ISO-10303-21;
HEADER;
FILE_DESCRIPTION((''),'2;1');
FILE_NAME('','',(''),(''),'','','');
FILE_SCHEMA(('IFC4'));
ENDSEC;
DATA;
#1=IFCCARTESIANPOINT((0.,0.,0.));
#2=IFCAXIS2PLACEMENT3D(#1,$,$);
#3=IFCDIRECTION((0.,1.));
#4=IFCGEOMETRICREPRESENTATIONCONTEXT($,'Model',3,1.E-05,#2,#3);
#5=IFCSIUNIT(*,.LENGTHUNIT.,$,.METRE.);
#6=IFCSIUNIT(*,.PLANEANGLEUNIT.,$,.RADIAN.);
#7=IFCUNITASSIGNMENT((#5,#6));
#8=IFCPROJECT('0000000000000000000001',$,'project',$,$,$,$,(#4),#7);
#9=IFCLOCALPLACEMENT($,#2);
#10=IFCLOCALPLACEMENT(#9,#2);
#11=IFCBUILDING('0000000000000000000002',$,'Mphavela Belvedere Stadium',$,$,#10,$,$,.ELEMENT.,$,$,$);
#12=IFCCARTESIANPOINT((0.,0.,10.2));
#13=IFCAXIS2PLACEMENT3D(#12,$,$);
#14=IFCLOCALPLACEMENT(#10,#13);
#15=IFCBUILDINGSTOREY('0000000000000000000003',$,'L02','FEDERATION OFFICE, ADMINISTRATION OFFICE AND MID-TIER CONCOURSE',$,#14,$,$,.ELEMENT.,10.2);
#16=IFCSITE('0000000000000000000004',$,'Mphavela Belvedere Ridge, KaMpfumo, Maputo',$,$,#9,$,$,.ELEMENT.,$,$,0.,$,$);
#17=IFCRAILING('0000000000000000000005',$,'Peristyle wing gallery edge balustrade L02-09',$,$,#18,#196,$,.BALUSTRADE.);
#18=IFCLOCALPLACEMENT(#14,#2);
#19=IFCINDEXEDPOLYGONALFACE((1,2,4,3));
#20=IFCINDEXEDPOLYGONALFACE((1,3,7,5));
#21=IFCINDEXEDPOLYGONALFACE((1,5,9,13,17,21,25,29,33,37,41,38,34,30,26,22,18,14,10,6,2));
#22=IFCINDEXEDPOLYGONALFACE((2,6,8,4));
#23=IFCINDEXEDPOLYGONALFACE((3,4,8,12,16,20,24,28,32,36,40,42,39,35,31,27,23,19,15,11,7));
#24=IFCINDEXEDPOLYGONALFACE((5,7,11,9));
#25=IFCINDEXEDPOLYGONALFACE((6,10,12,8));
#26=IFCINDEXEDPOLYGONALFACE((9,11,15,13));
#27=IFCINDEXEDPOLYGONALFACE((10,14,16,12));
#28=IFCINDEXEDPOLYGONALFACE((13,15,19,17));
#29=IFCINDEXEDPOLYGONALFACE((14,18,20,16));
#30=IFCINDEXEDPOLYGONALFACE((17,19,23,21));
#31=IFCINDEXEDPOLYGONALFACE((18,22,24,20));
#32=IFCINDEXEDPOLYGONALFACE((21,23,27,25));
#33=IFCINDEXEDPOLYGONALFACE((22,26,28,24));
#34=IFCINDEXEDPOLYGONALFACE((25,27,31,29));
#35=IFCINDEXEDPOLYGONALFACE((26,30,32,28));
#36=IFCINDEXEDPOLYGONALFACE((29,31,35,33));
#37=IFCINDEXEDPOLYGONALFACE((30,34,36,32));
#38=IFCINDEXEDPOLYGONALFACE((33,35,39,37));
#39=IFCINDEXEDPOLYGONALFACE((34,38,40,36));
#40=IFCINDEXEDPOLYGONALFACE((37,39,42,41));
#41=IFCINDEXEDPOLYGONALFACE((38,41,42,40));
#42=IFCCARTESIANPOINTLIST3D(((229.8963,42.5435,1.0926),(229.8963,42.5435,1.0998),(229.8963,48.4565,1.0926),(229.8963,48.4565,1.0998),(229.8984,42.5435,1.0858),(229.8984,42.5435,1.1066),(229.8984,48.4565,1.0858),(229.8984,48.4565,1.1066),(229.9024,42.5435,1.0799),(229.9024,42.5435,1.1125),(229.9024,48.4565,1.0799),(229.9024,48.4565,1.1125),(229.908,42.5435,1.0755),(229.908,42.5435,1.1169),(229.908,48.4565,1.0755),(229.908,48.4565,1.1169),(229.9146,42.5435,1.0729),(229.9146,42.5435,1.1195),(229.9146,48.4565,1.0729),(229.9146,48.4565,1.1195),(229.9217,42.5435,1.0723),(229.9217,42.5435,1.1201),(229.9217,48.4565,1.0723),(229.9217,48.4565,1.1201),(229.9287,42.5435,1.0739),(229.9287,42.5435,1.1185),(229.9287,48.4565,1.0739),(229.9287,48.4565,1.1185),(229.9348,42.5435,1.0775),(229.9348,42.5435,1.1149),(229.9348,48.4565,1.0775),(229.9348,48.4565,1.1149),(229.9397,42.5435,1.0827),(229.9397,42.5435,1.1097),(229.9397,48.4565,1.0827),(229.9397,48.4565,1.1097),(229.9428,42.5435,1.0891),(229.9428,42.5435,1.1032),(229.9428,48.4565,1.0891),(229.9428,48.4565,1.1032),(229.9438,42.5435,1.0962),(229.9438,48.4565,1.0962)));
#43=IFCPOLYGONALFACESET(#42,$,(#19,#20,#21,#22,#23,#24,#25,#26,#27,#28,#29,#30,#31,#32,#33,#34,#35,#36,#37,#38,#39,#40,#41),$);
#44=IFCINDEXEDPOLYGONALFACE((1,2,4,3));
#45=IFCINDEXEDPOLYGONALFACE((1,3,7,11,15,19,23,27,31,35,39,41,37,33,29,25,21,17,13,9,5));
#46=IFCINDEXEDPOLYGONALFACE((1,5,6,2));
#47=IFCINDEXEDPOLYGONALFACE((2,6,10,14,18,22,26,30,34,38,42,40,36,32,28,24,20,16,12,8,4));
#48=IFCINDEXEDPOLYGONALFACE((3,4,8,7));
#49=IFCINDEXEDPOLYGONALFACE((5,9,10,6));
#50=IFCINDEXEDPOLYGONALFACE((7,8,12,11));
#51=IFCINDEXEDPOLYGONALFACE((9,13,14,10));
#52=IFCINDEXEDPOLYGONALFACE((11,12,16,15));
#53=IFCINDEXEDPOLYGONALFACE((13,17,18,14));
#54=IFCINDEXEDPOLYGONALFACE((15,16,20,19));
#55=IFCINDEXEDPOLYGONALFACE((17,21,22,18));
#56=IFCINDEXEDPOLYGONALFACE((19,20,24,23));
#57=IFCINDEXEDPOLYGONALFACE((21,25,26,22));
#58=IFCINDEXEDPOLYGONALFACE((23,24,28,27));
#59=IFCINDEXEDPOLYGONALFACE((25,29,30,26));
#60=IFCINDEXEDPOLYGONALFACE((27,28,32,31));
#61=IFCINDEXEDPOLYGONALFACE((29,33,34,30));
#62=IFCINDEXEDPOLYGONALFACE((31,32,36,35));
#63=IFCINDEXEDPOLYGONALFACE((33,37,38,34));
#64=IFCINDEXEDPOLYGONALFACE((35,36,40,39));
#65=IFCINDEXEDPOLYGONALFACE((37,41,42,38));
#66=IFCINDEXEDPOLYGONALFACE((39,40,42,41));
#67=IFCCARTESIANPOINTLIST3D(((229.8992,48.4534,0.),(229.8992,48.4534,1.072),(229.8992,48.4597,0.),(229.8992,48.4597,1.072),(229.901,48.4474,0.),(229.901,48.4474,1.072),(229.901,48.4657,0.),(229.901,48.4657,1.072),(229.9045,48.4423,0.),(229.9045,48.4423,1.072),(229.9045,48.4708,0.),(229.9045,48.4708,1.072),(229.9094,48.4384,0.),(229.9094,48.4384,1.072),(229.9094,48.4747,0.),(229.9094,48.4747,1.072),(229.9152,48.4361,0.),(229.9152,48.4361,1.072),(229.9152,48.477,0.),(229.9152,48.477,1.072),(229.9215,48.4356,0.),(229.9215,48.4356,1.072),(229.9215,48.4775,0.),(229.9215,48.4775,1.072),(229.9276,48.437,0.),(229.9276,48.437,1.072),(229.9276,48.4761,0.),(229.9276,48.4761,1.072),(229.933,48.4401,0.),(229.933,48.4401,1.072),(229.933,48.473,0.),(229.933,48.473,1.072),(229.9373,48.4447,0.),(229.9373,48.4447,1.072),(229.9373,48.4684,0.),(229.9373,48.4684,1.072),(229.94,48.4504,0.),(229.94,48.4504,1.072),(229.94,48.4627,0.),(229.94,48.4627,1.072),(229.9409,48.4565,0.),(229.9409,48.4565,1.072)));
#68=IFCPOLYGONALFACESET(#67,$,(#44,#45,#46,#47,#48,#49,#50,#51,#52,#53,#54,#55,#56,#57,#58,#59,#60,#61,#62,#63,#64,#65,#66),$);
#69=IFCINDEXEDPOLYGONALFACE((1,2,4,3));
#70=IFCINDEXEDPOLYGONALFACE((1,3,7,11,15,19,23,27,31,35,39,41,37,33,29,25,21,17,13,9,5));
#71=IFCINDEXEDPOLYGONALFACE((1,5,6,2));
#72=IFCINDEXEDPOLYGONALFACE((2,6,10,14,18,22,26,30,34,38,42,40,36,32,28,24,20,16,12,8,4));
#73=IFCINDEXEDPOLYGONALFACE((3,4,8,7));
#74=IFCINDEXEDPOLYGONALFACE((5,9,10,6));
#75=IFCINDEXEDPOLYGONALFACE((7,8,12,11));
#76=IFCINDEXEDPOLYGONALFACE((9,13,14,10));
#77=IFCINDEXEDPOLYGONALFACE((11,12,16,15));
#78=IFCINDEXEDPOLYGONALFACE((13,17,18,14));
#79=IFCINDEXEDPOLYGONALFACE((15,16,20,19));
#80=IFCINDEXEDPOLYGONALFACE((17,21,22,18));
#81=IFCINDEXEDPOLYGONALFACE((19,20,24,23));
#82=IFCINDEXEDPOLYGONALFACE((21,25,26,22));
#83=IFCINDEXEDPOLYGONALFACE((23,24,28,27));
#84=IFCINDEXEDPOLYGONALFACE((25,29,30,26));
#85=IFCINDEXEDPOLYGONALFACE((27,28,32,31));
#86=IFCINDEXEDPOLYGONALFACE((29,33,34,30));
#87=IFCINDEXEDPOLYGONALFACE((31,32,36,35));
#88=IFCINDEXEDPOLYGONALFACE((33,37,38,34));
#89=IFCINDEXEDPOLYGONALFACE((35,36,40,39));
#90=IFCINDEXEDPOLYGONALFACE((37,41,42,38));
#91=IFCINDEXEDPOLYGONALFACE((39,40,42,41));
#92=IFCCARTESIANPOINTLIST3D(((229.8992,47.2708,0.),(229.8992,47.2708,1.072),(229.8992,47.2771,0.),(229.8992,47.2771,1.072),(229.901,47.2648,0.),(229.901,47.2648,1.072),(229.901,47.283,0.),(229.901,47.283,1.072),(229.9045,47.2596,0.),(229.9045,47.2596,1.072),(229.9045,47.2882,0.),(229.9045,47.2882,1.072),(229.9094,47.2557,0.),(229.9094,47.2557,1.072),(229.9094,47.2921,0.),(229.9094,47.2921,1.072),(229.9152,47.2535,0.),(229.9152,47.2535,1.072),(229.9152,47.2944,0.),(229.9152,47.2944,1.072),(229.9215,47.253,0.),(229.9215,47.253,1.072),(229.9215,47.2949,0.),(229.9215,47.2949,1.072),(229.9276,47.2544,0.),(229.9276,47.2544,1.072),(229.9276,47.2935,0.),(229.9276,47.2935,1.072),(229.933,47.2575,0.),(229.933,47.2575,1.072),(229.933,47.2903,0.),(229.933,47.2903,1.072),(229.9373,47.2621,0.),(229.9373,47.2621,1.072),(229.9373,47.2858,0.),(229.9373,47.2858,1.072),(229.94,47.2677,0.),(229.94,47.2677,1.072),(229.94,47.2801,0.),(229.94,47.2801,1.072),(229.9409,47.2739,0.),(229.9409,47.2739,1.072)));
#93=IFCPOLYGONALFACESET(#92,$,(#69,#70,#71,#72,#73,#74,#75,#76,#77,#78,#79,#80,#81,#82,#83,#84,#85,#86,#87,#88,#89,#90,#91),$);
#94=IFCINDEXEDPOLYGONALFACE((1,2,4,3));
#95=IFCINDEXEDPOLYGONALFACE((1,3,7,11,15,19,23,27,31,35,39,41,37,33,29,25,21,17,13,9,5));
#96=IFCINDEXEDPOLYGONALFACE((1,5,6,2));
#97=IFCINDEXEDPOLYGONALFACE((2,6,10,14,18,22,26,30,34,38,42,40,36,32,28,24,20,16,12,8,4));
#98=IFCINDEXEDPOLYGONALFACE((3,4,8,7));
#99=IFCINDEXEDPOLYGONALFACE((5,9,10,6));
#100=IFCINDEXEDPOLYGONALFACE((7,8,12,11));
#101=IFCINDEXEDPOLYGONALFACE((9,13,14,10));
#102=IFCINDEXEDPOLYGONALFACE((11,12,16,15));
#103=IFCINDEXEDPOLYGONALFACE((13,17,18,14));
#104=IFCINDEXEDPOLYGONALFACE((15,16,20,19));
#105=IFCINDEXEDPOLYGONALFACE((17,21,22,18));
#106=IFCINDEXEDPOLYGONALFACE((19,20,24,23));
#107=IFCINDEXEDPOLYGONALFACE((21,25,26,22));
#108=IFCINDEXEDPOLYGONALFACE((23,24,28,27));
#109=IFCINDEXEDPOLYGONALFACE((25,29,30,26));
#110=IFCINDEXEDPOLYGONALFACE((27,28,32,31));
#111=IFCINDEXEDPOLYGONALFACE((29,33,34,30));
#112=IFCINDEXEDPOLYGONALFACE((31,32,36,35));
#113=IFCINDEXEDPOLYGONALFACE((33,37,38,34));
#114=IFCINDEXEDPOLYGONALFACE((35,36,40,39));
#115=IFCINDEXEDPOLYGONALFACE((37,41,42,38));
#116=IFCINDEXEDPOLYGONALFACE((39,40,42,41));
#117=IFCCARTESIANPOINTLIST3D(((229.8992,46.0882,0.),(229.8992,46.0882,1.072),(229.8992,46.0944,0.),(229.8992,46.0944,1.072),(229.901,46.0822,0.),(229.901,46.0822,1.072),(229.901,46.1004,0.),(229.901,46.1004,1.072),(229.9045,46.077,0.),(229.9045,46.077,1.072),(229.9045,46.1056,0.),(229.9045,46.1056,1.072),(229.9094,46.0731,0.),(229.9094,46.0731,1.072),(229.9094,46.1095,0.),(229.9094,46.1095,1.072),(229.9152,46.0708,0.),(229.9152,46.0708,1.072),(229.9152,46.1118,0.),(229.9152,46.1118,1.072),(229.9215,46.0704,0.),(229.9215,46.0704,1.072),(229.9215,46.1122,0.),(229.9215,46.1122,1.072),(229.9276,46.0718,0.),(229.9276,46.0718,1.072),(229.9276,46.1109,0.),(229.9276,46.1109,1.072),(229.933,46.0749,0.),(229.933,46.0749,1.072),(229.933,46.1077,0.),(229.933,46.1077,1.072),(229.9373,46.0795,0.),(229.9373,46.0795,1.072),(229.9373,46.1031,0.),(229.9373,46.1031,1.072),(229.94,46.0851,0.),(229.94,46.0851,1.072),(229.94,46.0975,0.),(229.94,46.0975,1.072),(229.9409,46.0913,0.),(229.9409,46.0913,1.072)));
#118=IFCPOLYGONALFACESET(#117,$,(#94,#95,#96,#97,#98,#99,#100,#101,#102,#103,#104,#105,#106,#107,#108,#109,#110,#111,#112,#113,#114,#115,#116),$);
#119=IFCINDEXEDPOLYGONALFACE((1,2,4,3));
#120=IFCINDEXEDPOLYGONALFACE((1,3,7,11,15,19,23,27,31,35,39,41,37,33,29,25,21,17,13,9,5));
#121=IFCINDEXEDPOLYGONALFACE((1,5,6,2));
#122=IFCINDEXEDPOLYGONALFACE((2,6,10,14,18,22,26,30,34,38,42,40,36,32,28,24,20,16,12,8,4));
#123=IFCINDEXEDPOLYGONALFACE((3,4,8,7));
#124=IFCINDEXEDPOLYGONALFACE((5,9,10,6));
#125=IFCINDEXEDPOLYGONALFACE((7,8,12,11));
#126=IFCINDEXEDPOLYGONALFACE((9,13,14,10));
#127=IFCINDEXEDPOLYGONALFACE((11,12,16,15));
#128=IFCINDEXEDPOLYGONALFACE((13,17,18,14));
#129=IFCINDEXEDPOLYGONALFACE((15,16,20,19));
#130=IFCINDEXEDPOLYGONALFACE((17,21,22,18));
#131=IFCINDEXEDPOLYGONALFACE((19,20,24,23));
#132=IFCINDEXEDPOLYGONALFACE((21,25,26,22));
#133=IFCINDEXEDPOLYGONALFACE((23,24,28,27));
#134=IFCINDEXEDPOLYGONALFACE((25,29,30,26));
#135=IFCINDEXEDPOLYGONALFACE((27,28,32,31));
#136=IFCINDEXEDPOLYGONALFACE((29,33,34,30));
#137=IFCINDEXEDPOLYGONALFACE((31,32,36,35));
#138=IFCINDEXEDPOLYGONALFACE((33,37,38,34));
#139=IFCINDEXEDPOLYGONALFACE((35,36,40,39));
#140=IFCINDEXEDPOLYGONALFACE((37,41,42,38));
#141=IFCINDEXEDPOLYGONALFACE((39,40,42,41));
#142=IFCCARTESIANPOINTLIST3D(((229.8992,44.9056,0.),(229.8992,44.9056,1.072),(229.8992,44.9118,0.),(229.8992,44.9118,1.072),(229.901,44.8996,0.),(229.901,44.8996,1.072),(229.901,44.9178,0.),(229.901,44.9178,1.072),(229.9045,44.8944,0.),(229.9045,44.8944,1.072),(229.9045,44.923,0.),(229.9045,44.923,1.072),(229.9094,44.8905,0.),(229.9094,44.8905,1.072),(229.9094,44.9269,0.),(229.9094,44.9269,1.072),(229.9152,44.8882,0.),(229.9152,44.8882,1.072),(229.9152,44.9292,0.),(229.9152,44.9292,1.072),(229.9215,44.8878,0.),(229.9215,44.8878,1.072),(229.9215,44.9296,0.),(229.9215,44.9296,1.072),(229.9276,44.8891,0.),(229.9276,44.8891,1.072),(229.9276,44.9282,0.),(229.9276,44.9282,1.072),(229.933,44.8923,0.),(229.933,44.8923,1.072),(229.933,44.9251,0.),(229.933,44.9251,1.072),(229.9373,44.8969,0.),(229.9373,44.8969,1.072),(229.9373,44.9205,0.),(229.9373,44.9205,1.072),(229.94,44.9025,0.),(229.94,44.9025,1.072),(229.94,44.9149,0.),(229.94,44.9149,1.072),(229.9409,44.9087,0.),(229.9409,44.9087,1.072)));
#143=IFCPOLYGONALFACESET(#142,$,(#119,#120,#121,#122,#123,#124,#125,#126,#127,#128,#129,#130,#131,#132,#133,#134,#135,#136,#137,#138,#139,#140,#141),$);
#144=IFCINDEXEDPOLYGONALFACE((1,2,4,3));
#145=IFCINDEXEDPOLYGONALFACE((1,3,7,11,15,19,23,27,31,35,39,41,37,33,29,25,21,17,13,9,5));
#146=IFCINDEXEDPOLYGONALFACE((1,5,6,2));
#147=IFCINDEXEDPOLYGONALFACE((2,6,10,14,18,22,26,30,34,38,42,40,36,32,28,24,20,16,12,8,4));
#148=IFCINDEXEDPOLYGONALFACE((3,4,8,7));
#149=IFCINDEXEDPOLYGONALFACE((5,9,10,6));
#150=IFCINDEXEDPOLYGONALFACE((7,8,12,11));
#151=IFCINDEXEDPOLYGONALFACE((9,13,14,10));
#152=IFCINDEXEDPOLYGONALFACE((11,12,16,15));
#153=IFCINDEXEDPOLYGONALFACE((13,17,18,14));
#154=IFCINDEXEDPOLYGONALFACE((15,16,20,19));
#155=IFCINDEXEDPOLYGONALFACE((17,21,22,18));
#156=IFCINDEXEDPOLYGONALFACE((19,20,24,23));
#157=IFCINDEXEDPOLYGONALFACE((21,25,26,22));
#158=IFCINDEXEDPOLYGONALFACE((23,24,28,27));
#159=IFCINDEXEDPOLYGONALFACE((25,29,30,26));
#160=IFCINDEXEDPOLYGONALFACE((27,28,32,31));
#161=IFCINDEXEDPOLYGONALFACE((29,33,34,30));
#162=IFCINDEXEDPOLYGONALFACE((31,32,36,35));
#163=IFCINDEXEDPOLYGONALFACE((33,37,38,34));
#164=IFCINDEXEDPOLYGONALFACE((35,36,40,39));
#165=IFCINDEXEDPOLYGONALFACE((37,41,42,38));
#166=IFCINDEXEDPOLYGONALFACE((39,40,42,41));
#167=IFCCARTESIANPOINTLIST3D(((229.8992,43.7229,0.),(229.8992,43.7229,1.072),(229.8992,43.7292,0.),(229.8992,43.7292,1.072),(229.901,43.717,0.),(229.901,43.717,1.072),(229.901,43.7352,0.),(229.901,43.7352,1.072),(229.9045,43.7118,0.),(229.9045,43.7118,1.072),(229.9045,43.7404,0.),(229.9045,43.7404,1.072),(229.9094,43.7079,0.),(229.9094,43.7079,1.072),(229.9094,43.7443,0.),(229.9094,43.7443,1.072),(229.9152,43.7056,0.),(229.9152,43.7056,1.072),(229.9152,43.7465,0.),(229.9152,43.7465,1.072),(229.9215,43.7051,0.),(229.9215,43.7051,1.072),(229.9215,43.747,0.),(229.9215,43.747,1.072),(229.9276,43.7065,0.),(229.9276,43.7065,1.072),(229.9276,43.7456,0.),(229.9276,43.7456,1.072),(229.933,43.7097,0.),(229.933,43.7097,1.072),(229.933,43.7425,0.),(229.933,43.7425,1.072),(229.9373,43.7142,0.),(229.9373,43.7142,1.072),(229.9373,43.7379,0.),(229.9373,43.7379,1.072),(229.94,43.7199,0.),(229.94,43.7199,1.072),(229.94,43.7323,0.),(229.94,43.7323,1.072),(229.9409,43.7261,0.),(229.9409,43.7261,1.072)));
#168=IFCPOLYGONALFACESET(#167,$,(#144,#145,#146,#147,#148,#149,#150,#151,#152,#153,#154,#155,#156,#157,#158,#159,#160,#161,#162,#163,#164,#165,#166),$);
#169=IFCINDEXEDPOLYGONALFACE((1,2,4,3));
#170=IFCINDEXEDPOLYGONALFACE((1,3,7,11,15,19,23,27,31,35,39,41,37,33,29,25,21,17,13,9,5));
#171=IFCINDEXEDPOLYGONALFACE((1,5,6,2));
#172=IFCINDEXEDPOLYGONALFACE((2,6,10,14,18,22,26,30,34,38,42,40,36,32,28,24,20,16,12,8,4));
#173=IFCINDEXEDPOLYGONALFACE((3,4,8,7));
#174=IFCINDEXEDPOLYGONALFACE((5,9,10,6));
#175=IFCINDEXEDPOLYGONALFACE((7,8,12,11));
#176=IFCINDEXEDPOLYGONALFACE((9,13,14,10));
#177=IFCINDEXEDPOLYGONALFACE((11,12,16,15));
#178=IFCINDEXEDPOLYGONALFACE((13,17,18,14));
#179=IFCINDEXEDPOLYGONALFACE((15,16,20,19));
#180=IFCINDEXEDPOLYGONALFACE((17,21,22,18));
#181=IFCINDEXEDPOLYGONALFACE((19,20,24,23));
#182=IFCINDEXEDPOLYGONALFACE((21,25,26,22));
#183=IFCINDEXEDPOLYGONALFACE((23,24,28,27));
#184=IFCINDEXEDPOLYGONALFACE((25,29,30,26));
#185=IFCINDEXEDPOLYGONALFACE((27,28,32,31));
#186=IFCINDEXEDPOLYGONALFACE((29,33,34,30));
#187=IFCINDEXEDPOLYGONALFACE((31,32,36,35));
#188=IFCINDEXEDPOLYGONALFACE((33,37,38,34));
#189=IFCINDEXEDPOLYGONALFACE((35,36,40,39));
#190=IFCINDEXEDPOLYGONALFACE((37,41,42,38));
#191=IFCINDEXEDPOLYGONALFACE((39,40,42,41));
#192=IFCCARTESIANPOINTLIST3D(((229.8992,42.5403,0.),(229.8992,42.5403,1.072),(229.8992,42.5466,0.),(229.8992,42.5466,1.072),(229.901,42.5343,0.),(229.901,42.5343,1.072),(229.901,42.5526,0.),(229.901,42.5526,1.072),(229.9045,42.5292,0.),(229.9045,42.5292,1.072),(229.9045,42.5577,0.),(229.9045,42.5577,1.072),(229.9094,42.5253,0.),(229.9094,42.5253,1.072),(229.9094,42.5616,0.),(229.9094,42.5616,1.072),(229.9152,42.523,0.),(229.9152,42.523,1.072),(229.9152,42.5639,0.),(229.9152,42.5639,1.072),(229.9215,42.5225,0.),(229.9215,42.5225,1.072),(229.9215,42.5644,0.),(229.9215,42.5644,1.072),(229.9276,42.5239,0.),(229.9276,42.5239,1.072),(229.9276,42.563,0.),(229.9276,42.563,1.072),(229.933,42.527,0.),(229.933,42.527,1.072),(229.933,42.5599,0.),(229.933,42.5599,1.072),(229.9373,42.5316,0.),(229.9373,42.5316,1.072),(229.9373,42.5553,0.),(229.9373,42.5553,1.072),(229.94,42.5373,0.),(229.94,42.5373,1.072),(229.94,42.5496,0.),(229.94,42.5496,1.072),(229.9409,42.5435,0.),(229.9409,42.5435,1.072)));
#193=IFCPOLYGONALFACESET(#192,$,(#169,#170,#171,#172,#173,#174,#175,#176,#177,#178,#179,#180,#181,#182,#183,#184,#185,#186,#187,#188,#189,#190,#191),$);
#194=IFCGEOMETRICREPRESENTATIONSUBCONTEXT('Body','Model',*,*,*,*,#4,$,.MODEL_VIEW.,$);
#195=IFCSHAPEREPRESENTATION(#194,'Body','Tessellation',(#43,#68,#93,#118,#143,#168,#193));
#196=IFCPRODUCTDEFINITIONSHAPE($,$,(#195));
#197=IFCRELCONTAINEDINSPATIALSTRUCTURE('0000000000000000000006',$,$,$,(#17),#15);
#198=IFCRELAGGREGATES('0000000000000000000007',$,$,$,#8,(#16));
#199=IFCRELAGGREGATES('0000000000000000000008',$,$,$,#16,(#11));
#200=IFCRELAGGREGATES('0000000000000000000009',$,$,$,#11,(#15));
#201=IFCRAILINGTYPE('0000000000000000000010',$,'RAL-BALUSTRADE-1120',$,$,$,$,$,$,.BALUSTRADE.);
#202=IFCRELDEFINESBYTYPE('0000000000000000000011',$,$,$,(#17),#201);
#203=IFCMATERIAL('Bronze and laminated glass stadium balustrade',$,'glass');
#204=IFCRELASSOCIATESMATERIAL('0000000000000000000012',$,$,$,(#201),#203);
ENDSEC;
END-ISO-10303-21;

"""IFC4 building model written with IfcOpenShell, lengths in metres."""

from ifc_helpers import new_model, si_unit, direction, frame, origin, origin_2d, place, context, subcontext, project, spatial, circle, extrude, material, type_object, element, save


model = new_model("IFC4")

# Units and contexts
model_context = context("Model", 3, precision=1e-05, world=origin(), true_north=direction((0.0, 1.0)))
body_context = subcontext(model_context, "Body", "Model", "MODEL_VIEW")
ifc_project = project(units=[si_unit("LENGTHUNIT", "METRE"), si_unit("PLANEANGLEUNIT", "RADIAN")], contexts=[model_context])

# Site, building, storey
site_placement = place(None, origin())
site = spatial("IfcSite", under=ifc_project, at=site_placement, Name="Mphavela Belvedere Ridge, KaMpfumo, Maputo", CompositionType="ELEMENT", RefElevation=0.0)
building_placement = place(site_placement, origin())
building = spatial("IfcBuilding", under=site, at=building_placement, Name="Mphavela Belvedere Stadium", CompositionType="ELEMENT")
storey_placement = place(building_placement, frame((0.0, 0.0, 10.2)))
storey = spatial("IfcBuildingStorey", under=building, at=storey_placement, Name="L02", Description="FEDERATION OFFICE, ADMINISTRATION OFFICE AND MID-TIER CONCOURSE", CompositionType="ELEMENT", Elevation=10.2)

# Railing
ifc_material_1 = material(Name="Bronze and laminated glass stadium balustrade", Category="glass")
railing_type = type_object("IfcRailingType", Name="RAL-BALUSTRADE-1120", PredefinedType="BALUSTRADE", material=ifc_material_1)
for number, where, name in (
    (1, (229.9199, 48.4565, 0.0), "Peristyle wing gallery edge balustrade L02-09"),
):
    element("IfcRailing", number, at=place(storey_placement, frame(where)), inside=storey, type_object=railing_type, Name=name, PredefinedType="BALUSTRADE", context=body_context, shape_type="SweptSolid", body=[
        extrude(circle(Radius=0.0239, at=origin_2d()), frame((0.0, 0.0, 1.0962), z_axis=(0.0, -1.0, 0.0), x_axis=(1.0, 0.0, 0.0)), (0.0, 0.0, 1.0), 5.9131),
        extrude(circle(Radius=0.021, at=origin_2d()), origin(), (0.0, 0.0, 1.0), 1.072),
        extrude(circle(Radius=0.021, at=origin_2d()), frame((0.0, -1.1826, 0.0)), (0.0, 0.0, 1.0), 1.072),
        extrude(circle(Radius=0.021, at=origin_2d()), frame((0.0, -2.3652, 0.0)), (0.0, 0.0, 1.0), 1.072),
        extrude(circle(Radius=0.021, at=origin_2d()), frame((0.0, -3.5479, 0.0)), (0.0, 0.0, 1.0), 1.072),
        extrude(circle(Radius=0.021, at=origin_2d()), frame((0.0, -4.7305, 0.0)), (0.0, 0.0, 1.0), 1.072),
        extrude(circle(Radius=0.021, at=origin_2d()), frame((0.0, -5.9131, 0.0)), (0.0, 0.0, 1.0), 1.072),
    ])

save(model, "model.ifc")
